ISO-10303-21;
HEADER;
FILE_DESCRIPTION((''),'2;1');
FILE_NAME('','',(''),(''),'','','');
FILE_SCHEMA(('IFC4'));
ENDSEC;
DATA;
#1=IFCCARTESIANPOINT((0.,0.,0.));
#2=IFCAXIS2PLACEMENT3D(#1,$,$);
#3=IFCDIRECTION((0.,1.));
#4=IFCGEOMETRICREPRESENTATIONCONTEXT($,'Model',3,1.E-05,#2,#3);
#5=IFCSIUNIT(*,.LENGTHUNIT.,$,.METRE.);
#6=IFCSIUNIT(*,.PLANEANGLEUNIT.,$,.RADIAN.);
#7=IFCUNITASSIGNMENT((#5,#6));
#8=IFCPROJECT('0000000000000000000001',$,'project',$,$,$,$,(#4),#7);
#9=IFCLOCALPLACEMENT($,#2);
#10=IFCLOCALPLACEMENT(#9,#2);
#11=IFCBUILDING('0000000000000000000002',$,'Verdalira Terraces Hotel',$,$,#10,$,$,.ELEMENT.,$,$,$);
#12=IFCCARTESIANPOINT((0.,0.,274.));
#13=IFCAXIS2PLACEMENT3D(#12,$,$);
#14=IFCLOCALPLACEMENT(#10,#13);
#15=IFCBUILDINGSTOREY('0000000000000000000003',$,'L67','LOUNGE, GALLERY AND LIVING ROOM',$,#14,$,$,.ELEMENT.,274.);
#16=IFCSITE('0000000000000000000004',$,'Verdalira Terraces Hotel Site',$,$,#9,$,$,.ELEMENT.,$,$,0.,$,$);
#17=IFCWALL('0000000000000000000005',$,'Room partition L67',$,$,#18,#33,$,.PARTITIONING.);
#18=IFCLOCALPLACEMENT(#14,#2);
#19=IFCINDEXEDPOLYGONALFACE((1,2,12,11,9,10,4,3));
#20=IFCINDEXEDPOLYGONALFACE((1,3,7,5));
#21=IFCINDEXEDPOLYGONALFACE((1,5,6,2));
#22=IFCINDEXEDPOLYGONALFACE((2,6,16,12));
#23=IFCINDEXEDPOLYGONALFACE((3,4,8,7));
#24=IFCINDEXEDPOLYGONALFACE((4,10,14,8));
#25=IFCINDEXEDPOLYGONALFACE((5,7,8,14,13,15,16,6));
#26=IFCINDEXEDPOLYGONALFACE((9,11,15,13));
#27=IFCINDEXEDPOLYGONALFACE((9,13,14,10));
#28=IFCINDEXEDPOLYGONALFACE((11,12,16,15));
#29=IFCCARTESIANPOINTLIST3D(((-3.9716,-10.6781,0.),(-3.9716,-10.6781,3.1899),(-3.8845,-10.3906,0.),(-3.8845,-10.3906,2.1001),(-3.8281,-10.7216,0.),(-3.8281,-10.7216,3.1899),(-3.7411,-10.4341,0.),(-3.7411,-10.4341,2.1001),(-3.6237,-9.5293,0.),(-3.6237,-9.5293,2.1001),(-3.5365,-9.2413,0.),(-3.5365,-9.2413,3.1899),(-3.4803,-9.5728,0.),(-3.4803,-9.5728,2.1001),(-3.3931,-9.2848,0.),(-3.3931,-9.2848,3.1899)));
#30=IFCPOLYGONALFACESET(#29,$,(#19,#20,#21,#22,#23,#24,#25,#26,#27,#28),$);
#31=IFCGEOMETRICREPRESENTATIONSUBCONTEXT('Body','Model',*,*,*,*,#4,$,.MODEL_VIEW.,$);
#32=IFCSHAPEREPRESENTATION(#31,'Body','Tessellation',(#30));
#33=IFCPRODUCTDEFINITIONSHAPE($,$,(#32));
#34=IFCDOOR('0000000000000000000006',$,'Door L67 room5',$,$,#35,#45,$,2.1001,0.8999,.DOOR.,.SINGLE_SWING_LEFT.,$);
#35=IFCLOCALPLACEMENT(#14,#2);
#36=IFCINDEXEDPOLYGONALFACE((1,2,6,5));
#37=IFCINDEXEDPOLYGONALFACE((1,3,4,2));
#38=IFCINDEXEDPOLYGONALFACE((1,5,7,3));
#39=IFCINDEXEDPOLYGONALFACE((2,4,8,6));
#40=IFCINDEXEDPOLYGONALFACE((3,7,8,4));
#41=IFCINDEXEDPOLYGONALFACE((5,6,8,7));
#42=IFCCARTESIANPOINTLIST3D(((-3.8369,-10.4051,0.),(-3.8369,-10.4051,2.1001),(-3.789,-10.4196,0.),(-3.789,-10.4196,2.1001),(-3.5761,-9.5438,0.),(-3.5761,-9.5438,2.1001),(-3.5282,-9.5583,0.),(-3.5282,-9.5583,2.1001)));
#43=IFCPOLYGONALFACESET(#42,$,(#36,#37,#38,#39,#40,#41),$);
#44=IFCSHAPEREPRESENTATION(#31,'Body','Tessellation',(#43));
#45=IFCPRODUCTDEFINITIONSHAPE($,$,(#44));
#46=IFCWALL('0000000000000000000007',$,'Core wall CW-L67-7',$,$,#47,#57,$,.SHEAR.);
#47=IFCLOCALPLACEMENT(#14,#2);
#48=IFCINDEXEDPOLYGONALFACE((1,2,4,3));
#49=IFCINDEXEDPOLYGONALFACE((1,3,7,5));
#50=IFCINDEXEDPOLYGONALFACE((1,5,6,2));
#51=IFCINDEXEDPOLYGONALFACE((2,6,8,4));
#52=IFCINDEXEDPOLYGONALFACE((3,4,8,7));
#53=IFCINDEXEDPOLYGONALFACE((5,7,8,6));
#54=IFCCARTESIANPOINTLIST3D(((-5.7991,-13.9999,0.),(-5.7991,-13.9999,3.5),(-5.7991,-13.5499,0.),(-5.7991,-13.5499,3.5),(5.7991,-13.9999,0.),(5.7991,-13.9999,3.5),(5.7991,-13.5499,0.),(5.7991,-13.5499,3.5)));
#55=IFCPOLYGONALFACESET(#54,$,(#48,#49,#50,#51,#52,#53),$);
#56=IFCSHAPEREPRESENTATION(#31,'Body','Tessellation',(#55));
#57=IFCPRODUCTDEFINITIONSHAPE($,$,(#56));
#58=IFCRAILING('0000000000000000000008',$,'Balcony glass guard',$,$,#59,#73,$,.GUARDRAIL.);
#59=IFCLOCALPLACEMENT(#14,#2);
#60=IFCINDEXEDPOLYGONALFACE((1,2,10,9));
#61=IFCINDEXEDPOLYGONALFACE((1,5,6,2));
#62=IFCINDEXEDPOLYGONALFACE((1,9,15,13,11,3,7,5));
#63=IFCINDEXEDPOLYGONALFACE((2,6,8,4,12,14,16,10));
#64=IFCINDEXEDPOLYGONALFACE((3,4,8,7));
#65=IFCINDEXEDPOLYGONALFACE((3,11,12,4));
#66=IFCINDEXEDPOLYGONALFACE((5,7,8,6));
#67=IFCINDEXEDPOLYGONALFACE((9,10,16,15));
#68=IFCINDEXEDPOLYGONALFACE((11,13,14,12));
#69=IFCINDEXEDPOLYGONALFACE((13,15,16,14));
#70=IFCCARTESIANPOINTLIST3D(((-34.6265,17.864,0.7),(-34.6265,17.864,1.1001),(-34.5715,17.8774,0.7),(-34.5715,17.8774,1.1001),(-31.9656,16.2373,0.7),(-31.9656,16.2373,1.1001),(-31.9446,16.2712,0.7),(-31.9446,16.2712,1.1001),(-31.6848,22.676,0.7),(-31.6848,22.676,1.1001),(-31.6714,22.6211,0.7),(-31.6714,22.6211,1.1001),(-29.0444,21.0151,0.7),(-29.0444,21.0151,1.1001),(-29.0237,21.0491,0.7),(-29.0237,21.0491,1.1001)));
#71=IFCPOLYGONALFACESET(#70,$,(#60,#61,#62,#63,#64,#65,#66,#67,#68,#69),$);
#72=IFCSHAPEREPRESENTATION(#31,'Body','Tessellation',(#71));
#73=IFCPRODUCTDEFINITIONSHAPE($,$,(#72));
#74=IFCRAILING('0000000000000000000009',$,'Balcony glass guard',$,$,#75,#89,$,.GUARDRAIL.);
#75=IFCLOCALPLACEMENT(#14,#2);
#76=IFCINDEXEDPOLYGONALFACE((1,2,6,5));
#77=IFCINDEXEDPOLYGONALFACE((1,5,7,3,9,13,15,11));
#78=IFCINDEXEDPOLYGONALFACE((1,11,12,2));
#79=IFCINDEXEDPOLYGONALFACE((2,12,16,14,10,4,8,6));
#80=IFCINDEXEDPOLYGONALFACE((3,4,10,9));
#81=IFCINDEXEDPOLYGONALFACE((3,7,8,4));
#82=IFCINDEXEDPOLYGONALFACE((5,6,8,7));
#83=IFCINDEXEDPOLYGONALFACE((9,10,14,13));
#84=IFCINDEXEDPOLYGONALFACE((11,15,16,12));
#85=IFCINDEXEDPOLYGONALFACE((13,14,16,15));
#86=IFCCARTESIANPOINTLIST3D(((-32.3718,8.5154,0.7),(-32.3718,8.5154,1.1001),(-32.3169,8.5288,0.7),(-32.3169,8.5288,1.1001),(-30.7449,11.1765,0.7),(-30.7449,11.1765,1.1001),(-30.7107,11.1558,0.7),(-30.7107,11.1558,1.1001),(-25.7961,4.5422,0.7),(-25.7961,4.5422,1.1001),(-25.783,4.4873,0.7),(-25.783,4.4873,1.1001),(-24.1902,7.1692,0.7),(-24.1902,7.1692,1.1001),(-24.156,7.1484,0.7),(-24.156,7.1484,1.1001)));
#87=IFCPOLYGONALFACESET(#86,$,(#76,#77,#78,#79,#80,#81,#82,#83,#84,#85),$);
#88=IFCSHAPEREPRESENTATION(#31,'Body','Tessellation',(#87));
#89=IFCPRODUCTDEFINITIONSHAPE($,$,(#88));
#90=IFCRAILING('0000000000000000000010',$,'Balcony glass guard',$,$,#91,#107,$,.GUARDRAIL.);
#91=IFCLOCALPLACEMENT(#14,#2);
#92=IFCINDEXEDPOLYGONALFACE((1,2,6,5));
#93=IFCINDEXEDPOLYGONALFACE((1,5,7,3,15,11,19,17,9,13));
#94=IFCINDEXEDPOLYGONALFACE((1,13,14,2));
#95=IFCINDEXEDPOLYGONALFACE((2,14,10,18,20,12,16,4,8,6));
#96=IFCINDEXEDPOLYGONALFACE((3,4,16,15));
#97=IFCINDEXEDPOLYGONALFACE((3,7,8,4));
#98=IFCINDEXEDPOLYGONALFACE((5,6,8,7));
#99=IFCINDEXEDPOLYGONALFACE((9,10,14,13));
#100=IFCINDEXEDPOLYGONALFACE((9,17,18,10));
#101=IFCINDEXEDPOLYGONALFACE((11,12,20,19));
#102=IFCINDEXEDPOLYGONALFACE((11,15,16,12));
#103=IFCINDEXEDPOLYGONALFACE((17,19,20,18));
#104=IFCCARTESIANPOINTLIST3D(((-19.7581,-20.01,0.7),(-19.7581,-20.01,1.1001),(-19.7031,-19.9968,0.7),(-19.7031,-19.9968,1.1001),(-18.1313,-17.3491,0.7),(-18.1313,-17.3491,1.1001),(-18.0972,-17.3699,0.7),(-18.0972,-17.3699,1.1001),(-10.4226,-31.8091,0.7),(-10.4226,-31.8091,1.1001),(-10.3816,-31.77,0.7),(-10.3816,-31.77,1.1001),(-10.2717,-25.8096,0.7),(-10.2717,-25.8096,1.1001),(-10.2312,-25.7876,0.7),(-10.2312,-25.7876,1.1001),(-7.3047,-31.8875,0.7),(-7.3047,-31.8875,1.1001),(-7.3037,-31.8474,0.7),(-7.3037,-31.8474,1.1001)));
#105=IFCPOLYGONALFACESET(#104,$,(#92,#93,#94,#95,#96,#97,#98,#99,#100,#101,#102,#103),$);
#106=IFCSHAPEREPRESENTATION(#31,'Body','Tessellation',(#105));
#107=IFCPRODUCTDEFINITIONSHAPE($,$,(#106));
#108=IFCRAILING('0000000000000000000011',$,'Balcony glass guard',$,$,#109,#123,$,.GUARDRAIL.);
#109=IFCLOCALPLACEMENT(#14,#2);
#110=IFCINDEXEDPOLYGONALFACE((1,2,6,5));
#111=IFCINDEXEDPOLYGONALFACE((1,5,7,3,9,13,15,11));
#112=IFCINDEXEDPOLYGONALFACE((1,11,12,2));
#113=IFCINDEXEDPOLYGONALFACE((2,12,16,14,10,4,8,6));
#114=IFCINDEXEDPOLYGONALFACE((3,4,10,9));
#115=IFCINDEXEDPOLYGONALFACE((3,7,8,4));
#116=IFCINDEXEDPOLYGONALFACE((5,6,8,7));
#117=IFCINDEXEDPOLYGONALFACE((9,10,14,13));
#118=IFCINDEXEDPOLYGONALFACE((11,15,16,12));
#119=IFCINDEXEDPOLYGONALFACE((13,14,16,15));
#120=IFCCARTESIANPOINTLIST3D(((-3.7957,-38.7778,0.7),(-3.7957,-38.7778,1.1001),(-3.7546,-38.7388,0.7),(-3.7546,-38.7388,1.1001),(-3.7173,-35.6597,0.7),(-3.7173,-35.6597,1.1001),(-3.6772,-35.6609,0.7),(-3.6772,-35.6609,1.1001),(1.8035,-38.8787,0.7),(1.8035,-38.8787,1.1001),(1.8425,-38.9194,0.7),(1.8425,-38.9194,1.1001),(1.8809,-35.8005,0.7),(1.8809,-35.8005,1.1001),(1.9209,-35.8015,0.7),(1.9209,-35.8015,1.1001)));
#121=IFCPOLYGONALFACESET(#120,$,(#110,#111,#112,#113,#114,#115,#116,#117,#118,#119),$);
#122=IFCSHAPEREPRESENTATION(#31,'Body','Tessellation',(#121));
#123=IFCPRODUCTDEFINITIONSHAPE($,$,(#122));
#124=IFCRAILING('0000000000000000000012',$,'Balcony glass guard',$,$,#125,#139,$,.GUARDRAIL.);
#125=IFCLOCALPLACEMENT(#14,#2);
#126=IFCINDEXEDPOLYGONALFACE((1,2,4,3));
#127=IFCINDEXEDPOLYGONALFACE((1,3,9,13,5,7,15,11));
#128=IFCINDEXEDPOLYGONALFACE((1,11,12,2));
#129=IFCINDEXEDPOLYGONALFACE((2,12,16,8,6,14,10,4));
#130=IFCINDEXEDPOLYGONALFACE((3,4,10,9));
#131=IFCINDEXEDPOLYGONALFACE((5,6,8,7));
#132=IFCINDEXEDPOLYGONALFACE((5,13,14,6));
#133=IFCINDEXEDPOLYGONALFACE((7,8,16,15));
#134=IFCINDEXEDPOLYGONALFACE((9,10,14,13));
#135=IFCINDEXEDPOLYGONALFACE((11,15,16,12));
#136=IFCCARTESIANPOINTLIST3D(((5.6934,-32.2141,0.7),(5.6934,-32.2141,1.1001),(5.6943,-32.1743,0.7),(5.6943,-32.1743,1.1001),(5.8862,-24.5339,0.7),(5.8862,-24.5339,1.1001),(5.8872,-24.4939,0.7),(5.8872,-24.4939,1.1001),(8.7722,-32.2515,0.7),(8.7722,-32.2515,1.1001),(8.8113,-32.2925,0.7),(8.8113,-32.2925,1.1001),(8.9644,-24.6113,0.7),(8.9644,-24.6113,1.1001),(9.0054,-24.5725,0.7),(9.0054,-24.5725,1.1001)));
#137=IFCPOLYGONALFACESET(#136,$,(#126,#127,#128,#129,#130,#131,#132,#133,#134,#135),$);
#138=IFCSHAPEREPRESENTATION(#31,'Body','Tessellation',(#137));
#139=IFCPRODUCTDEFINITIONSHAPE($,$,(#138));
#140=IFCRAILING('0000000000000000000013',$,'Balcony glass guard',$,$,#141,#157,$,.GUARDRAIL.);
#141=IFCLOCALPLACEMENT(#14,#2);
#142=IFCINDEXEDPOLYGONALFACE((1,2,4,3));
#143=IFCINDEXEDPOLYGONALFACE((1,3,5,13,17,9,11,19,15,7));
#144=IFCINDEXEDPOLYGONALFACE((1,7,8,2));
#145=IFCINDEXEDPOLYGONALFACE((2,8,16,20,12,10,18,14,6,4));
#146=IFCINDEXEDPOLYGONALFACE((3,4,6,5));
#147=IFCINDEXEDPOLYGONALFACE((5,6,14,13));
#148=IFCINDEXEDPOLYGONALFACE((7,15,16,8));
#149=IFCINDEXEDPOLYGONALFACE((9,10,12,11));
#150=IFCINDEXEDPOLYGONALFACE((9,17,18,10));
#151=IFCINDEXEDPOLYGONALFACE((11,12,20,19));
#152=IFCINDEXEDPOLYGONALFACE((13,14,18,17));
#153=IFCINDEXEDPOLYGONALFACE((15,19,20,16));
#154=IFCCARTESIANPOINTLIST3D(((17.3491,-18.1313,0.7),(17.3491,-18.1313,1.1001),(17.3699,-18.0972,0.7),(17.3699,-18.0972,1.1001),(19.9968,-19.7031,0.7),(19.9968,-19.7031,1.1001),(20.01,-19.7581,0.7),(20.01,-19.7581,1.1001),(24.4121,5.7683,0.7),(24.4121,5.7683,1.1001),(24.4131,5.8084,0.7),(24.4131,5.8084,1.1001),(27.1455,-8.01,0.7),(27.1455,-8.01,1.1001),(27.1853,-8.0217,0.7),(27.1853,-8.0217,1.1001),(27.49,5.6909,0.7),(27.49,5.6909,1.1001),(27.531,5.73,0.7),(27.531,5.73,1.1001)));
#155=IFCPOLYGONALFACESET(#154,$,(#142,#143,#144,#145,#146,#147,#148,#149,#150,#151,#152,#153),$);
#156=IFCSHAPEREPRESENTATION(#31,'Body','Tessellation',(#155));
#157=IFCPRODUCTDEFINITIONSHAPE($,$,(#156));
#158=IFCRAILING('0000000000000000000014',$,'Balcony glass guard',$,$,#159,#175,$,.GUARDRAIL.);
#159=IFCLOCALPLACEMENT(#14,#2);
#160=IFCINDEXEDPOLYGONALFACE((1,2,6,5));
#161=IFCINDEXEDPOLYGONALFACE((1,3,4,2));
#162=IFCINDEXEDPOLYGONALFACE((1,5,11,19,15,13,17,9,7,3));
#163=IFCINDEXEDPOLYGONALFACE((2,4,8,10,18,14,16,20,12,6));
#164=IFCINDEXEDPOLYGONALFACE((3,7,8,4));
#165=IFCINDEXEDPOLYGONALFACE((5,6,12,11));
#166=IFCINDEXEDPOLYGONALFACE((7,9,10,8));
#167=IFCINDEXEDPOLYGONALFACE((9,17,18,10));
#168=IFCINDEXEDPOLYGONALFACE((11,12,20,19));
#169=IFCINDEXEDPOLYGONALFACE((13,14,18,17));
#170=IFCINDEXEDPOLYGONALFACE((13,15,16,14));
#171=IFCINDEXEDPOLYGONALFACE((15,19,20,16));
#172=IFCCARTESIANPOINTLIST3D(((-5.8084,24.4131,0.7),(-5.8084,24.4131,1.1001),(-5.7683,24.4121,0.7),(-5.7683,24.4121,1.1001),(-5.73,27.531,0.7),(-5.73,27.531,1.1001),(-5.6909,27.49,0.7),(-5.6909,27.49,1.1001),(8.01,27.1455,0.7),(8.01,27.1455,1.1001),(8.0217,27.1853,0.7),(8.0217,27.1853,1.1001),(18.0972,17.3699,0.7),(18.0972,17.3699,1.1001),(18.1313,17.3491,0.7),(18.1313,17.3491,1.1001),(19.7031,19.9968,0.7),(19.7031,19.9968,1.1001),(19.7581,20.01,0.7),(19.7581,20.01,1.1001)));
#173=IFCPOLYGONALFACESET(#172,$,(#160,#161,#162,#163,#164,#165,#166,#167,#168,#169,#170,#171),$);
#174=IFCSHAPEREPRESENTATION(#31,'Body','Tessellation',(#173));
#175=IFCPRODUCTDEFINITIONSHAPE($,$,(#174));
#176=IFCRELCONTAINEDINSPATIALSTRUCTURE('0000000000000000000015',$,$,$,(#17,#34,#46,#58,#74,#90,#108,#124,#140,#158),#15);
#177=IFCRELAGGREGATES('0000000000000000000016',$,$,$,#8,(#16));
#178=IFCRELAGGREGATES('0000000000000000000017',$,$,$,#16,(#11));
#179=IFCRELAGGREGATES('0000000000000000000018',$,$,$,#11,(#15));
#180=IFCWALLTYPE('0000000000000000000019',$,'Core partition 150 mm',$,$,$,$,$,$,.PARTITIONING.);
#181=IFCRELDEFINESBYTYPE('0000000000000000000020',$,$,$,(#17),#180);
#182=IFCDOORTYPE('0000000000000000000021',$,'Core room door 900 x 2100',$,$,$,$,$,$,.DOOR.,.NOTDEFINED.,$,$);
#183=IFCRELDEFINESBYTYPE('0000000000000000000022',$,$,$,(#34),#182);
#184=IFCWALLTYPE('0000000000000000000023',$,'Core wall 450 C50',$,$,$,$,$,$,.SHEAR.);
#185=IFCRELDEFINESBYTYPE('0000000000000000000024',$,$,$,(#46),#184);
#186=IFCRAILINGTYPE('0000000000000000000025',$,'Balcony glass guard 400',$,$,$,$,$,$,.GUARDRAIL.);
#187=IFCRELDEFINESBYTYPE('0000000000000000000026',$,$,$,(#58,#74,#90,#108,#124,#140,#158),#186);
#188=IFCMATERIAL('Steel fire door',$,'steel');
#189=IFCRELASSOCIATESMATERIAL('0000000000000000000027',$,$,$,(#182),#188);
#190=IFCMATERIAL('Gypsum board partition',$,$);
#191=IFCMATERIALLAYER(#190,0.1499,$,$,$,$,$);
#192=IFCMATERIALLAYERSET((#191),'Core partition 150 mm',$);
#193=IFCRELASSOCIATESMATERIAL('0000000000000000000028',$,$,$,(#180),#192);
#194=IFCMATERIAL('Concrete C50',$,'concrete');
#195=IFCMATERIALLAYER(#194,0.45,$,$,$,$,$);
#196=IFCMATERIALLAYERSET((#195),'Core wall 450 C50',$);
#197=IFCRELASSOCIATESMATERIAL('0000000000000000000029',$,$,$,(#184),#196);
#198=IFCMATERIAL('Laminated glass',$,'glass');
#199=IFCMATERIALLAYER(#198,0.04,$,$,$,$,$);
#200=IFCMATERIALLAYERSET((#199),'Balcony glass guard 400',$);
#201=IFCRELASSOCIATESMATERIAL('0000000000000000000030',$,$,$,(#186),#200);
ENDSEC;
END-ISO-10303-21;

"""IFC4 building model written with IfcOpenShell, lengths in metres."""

from ifc_helpers import new_model, si_unit, direction, frame, frame_2d, origin, place, context, subcontext, project, spatial, polyline, rectangle, outline, extrude, material, layer, layer_set, type_object, element, fill, save


model = new_model("IFC4")

# Units and contexts
model_context = context("Model", 3, precision=1e-05, world=origin(), true_north=direction((0.0, 1.0)))
body_context = subcontext(model_context, "Body", "Model", "MODEL_VIEW")
ifc_project = project(units=[si_unit("LENGTHUNIT", "METRE"), si_unit("PLANEANGLEUNIT", "RADIAN")], contexts=[model_context])

# Site, building, storey
site_placement = place(None, origin())
site = spatial("IfcSite", under=ifc_project, at=site_placement, Name="Verdalira Terraces Hotel Site", CompositionType="ELEMENT", RefElevation=0.0)
building_placement = place(site_placement, origin())
building = spatial("IfcBuilding", under=site, at=building_placement, Name="Verdalira Terraces Hotel", CompositionType="ELEMENT")
storey_placement = place(building_placement, frame((0.0, 0.0, 274.0)))
storey = spatial("IfcBuildingStorey", under=building, at=storey_placement, Name="L67", Description="LOUNGE, GALLERY AND LIVING ROOM", CompositionType="ELEMENT", Elevation=274.0)

# Shared definitions
ifc_material_1 = material(Name="Steel fire door", Category="steel")
door_type_1 = type_object("IfcDoorType", Name="Core room door 900 x 2100", OperationType="NOTDEFINED", PredefinedType="DOOR", material=ifc_material_1)

# Wall, opening, door
ifc_material_2 = material(Name="Gypsum board partition")
ifc_layer_1 = layer(ifc_material_2, 0.1499)
ifc_layer_set_1 = layer_set([ifc_layer_1], Name="Core partition 150 mm")
wall_type_1 = type_object("IfcWallType", Name="Core partition 150 mm", PredefinedType="PARTITIONING", material=ifc_layer_set_1)
wall_1_placement = place(storey_placement, frame((-3.4648, -9.2632, 0.0), z_axis=(0.0, 0.0, 1.0), x_axis=(-0.289809, -0.957085, 0.0)))
wall_1 = element("IfcWall", 1, at=wall_1_placement, inside=storey, type_object=wall_type_1, Name="Room partition L67", PredefinedType="PARTITIONING", context=body_context, shape_type="SweptSolid", body=[
    extrude(rectangle(XDim=1.5012, YDim=0.1499, at=frame_2d((0.7505, 0.0))), origin(), (0.0, 0.0, 1.0), 3.1899),
])
opening_1_placement = place(wall_1_placement, frame((0.3008, 0.0, 0.0)))
opening_1 = element("IfcOpeningElement", 2, at=opening_1_placement, cuts=wall_1, PredefinedType="OPENING", context=body_context, shape_type="SweptSolid", body=[
    extrude(rectangle(XDim=0.8999, YDim=2.1001, at=frame_2d((0.45, 1.05))), frame((0.0, 0.085, 0.0), z_axis=(0.0, -1.0, 0.0), x_axis=(1.0, 0.0, 0.0)), (0.0, 0.0, 1.0), 0.1699),
])
door_1_placement = place(opening_1_placement, origin())
door_1 = element("IfcDoor", 3, at=door_1_placement, inside=storey, type_object=door_type_1, Name="Door L67 room5", OperationType="SINGLE_SWING_LEFT", OverallHeight=2.1001, OverallWidth=0.8999, PredefinedType="DOOR", context=body_context, shape_type="SweptSolid", body=[
    extrude(rectangle(XDim=0.8999, YDim=2.1001, at=frame_2d((0.45, 1.05))), frame((0.0, 0.0249, 0.0), z_axis=(0.0, -1.0, 0.0), x_axis=(1.0, 0.0, 0.0)), (0.0, 0.0, 1.0), 0.05),
])
fill(opening_1, door_1)

# Wall
ifc_material_3 = material(Name="Concrete C50", Category="concrete")
ifc_layer_2 = layer(ifc_material_3, 0.45)
ifc_layer_set_2 = layer_set([ifc_layer_2], Name="Core wall 450 C50")
wall_type_2 = type_object("IfcWallType", Name="Core wall 450 C50", PredefinedType="SHEAR", material=ifc_layer_set_2)
wall_2_placement = place(storey_placement, frame((-5.7991, -13.7749, 0.0), z_axis=(0.0, 0.0, 1.0), x_axis=(1.0, 0.0, 0.0)))
element("IfcWall", 4, at=wall_2_placement, inside=storey, type_object=wall_type_2, Name="Core wall CW-L67-7", PredefinedType="SHEAR", context=body_context, shape_type="SweptSolid", body=[
    extrude(rectangle(XDim=11.5981, YDim=0.45, at=frame_2d((5.7991, 0.0))), origin(), (0.0, 0.0, 1.0), 3.5),
])

# Railings
ifc_material_4 = material(Name="Laminated glass", Category="glass")
ifc_layer_3 = layer(ifc_material_4, 0.04)
ifc_layer_set_3 = layer_set([ifc_layer_3], Name="Balcony glass guard 400")
railing_type = type_object("IfcRailingType", Name="Balcony glass guard 400", PredefinedType="GUARDRAIL", material=ifc_layer_set_3)
railing_1_placement = place(storey_placement, frame((0.0, 0.0, 0.7)))
element("IfcRailing", 5, at=railing_1_placement, inside=storey, type_object=railing_type, Name="Balcony glass guard", PredefinedType="GUARDRAIL", context=body_context, shape_type="SweptSolid", body=[
    extrude(outline(polyline([(-31.6714, 22.6211), (-34.5715, 17.8774), (-31.9446, 16.2712), (-31.9656, 16.2373), (-34.6265, 17.864), (-31.6848, 22.676), (-29.0237, 21.0491), (-29.0444, 21.0151), (-31.6714, 22.6211)])), origin(), (0.0, 0.0, 1.0), 0.4001),
])
railing_2_placement = place(storey_placement, frame((0.0, 0.0, 0.7)))
element("IfcRailing", 6, at=railing_2_placement, inside=storey, type_object=railing_type, Name="Balcony glass guard", PredefinedType="GUARDRAIL", context=body_context, shape_type="SweptSolid", body=[
    extrude(outline(polyline([(-32.3169, 8.5288), (-25.7961, 4.5422), (-24.1902, 7.1692), (-24.156, 7.1484), (-25.783, 4.4873), (-32.3718, 8.5154), (-30.7449, 11.1765), (-30.7107, 11.1558), (-32.3169, 8.5288)])), origin(), (0.0, 0.0, 1.0), 0.4001),
])
railing_3_placement = place(storey_placement, frame((0.0, 0.0, 0.7)))
element("IfcRailing", 7, at=railing_3_placement, inside=storey, type_object=railing_type, Name="Balcony glass guard", PredefinedType="GUARDRAIL", context=body_context, shape_type="SweptSolid", body=[
    extrude(outline(polyline([(-19.7031, -19.9968), (-10.2312, -25.7876), (-10.3816, -31.77), (-7.3037, -31.8474), (-7.3047, -31.8875), (-10.4226, -31.8091), (-10.2717, -25.8096), (-19.7581, -20.01), (-18.1313, -17.3491), (-18.0972, -17.3699), (-19.7031, -19.9968)])), origin(), (0.0, 0.0, 1.0), 0.4001),
])
railing_4_placement = place(storey_placement, frame((0.0, 0.0, 0.7)))
element("IfcRailing", 8, at=railing_4_placement, inside=storey, type_object=railing_type, Name="Balcony glass guard", PredefinedType="GUARDRAIL", context=body_context, shape_type="SweptSolid", body=[
    extrude(outline(polyline([(-3.7546, -38.7388), (1.8035, -38.8787), (1.8809, -35.8005), (1.9209, -35.8015), (1.8425, -38.9194), (-3.7957, -38.7778), (-3.7173, -35.6597), (-3.6772, -35.6609), (-3.7546, -38.7388)])), origin(), (0.0, 0.0, 1.0), 0.4001),
])
railing_5_placement = place(storey_placement, frame((0.0, 0.0, 0.7)))
element("IfcRailing", 9, at=railing_5_placement, inside=storey, type_object=railing_type, Name="Balcony glass guard", PredefinedType="GUARDRAIL", context=body_context, shape_type="SweptSolid", body=[
    extrude(outline(polyline([(8.7722, -32.2515), (8.9644, -24.6113), (5.8862, -24.5339), (5.8872, -24.4939), (9.0054, -24.5725), (8.8113, -32.2925), (5.6934, -32.2141), (5.6943, -32.1743), (8.7722, -32.2515)])), origin(), (0.0, 0.0, 1.0), 0.4001),
])
railing_6_placement = place(storey_placement, frame((0.0, 0.0, 0.7)))
element("IfcRailing", 10, at=railing_6_placement, inside=storey, type_object=railing_type, Name="Balcony glass guard", PredefinedType="GUARDRAIL", context=body_context, shape_type="SweptSolid", body=[
    extrude(outline(polyline([(19.9968, -19.7031), (27.1455, -8.01), (27.49, 5.6909), (24.4121, 5.7683), (24.4131, 5.8083), (27.531, 5.73), (27.1853, -8.0217), (20.01, -19.7581), (17.3491, -18.1313), (17.3699, -18.0972), (19.9968, -19.7031)])), origin(), (0.0, 0.0, 1.0), 0.4001),
])
railing_7_placement = place(storey_placement, frame((0.0, 0.0, 0.7)))
element("IfcRailing", 11, at=railing_7_placement, inside=storey, type_object=railing_type, Name="Balcony glass guard", PredefinedType="GUARDRAIL", context=body_context, shape_type="SweptSolid", body=[
    extrude(outline(polyline([(19.7031, 19.9968), (8.01, 27.1455), (-5.6909, 27.49), (-5.7683, 24.4121), (-5.8083, 24.4131), (-5.73, 27.531), (8.0217, 27.1853), (19.7581, 20.01), (18.1313, 17.3491), (18.0972, 17.3699), (19.7031, 19.9968)])), origin(), (0.0, 0.0, 1.0), 0.4001),
])

save(model, "model.ifc")
